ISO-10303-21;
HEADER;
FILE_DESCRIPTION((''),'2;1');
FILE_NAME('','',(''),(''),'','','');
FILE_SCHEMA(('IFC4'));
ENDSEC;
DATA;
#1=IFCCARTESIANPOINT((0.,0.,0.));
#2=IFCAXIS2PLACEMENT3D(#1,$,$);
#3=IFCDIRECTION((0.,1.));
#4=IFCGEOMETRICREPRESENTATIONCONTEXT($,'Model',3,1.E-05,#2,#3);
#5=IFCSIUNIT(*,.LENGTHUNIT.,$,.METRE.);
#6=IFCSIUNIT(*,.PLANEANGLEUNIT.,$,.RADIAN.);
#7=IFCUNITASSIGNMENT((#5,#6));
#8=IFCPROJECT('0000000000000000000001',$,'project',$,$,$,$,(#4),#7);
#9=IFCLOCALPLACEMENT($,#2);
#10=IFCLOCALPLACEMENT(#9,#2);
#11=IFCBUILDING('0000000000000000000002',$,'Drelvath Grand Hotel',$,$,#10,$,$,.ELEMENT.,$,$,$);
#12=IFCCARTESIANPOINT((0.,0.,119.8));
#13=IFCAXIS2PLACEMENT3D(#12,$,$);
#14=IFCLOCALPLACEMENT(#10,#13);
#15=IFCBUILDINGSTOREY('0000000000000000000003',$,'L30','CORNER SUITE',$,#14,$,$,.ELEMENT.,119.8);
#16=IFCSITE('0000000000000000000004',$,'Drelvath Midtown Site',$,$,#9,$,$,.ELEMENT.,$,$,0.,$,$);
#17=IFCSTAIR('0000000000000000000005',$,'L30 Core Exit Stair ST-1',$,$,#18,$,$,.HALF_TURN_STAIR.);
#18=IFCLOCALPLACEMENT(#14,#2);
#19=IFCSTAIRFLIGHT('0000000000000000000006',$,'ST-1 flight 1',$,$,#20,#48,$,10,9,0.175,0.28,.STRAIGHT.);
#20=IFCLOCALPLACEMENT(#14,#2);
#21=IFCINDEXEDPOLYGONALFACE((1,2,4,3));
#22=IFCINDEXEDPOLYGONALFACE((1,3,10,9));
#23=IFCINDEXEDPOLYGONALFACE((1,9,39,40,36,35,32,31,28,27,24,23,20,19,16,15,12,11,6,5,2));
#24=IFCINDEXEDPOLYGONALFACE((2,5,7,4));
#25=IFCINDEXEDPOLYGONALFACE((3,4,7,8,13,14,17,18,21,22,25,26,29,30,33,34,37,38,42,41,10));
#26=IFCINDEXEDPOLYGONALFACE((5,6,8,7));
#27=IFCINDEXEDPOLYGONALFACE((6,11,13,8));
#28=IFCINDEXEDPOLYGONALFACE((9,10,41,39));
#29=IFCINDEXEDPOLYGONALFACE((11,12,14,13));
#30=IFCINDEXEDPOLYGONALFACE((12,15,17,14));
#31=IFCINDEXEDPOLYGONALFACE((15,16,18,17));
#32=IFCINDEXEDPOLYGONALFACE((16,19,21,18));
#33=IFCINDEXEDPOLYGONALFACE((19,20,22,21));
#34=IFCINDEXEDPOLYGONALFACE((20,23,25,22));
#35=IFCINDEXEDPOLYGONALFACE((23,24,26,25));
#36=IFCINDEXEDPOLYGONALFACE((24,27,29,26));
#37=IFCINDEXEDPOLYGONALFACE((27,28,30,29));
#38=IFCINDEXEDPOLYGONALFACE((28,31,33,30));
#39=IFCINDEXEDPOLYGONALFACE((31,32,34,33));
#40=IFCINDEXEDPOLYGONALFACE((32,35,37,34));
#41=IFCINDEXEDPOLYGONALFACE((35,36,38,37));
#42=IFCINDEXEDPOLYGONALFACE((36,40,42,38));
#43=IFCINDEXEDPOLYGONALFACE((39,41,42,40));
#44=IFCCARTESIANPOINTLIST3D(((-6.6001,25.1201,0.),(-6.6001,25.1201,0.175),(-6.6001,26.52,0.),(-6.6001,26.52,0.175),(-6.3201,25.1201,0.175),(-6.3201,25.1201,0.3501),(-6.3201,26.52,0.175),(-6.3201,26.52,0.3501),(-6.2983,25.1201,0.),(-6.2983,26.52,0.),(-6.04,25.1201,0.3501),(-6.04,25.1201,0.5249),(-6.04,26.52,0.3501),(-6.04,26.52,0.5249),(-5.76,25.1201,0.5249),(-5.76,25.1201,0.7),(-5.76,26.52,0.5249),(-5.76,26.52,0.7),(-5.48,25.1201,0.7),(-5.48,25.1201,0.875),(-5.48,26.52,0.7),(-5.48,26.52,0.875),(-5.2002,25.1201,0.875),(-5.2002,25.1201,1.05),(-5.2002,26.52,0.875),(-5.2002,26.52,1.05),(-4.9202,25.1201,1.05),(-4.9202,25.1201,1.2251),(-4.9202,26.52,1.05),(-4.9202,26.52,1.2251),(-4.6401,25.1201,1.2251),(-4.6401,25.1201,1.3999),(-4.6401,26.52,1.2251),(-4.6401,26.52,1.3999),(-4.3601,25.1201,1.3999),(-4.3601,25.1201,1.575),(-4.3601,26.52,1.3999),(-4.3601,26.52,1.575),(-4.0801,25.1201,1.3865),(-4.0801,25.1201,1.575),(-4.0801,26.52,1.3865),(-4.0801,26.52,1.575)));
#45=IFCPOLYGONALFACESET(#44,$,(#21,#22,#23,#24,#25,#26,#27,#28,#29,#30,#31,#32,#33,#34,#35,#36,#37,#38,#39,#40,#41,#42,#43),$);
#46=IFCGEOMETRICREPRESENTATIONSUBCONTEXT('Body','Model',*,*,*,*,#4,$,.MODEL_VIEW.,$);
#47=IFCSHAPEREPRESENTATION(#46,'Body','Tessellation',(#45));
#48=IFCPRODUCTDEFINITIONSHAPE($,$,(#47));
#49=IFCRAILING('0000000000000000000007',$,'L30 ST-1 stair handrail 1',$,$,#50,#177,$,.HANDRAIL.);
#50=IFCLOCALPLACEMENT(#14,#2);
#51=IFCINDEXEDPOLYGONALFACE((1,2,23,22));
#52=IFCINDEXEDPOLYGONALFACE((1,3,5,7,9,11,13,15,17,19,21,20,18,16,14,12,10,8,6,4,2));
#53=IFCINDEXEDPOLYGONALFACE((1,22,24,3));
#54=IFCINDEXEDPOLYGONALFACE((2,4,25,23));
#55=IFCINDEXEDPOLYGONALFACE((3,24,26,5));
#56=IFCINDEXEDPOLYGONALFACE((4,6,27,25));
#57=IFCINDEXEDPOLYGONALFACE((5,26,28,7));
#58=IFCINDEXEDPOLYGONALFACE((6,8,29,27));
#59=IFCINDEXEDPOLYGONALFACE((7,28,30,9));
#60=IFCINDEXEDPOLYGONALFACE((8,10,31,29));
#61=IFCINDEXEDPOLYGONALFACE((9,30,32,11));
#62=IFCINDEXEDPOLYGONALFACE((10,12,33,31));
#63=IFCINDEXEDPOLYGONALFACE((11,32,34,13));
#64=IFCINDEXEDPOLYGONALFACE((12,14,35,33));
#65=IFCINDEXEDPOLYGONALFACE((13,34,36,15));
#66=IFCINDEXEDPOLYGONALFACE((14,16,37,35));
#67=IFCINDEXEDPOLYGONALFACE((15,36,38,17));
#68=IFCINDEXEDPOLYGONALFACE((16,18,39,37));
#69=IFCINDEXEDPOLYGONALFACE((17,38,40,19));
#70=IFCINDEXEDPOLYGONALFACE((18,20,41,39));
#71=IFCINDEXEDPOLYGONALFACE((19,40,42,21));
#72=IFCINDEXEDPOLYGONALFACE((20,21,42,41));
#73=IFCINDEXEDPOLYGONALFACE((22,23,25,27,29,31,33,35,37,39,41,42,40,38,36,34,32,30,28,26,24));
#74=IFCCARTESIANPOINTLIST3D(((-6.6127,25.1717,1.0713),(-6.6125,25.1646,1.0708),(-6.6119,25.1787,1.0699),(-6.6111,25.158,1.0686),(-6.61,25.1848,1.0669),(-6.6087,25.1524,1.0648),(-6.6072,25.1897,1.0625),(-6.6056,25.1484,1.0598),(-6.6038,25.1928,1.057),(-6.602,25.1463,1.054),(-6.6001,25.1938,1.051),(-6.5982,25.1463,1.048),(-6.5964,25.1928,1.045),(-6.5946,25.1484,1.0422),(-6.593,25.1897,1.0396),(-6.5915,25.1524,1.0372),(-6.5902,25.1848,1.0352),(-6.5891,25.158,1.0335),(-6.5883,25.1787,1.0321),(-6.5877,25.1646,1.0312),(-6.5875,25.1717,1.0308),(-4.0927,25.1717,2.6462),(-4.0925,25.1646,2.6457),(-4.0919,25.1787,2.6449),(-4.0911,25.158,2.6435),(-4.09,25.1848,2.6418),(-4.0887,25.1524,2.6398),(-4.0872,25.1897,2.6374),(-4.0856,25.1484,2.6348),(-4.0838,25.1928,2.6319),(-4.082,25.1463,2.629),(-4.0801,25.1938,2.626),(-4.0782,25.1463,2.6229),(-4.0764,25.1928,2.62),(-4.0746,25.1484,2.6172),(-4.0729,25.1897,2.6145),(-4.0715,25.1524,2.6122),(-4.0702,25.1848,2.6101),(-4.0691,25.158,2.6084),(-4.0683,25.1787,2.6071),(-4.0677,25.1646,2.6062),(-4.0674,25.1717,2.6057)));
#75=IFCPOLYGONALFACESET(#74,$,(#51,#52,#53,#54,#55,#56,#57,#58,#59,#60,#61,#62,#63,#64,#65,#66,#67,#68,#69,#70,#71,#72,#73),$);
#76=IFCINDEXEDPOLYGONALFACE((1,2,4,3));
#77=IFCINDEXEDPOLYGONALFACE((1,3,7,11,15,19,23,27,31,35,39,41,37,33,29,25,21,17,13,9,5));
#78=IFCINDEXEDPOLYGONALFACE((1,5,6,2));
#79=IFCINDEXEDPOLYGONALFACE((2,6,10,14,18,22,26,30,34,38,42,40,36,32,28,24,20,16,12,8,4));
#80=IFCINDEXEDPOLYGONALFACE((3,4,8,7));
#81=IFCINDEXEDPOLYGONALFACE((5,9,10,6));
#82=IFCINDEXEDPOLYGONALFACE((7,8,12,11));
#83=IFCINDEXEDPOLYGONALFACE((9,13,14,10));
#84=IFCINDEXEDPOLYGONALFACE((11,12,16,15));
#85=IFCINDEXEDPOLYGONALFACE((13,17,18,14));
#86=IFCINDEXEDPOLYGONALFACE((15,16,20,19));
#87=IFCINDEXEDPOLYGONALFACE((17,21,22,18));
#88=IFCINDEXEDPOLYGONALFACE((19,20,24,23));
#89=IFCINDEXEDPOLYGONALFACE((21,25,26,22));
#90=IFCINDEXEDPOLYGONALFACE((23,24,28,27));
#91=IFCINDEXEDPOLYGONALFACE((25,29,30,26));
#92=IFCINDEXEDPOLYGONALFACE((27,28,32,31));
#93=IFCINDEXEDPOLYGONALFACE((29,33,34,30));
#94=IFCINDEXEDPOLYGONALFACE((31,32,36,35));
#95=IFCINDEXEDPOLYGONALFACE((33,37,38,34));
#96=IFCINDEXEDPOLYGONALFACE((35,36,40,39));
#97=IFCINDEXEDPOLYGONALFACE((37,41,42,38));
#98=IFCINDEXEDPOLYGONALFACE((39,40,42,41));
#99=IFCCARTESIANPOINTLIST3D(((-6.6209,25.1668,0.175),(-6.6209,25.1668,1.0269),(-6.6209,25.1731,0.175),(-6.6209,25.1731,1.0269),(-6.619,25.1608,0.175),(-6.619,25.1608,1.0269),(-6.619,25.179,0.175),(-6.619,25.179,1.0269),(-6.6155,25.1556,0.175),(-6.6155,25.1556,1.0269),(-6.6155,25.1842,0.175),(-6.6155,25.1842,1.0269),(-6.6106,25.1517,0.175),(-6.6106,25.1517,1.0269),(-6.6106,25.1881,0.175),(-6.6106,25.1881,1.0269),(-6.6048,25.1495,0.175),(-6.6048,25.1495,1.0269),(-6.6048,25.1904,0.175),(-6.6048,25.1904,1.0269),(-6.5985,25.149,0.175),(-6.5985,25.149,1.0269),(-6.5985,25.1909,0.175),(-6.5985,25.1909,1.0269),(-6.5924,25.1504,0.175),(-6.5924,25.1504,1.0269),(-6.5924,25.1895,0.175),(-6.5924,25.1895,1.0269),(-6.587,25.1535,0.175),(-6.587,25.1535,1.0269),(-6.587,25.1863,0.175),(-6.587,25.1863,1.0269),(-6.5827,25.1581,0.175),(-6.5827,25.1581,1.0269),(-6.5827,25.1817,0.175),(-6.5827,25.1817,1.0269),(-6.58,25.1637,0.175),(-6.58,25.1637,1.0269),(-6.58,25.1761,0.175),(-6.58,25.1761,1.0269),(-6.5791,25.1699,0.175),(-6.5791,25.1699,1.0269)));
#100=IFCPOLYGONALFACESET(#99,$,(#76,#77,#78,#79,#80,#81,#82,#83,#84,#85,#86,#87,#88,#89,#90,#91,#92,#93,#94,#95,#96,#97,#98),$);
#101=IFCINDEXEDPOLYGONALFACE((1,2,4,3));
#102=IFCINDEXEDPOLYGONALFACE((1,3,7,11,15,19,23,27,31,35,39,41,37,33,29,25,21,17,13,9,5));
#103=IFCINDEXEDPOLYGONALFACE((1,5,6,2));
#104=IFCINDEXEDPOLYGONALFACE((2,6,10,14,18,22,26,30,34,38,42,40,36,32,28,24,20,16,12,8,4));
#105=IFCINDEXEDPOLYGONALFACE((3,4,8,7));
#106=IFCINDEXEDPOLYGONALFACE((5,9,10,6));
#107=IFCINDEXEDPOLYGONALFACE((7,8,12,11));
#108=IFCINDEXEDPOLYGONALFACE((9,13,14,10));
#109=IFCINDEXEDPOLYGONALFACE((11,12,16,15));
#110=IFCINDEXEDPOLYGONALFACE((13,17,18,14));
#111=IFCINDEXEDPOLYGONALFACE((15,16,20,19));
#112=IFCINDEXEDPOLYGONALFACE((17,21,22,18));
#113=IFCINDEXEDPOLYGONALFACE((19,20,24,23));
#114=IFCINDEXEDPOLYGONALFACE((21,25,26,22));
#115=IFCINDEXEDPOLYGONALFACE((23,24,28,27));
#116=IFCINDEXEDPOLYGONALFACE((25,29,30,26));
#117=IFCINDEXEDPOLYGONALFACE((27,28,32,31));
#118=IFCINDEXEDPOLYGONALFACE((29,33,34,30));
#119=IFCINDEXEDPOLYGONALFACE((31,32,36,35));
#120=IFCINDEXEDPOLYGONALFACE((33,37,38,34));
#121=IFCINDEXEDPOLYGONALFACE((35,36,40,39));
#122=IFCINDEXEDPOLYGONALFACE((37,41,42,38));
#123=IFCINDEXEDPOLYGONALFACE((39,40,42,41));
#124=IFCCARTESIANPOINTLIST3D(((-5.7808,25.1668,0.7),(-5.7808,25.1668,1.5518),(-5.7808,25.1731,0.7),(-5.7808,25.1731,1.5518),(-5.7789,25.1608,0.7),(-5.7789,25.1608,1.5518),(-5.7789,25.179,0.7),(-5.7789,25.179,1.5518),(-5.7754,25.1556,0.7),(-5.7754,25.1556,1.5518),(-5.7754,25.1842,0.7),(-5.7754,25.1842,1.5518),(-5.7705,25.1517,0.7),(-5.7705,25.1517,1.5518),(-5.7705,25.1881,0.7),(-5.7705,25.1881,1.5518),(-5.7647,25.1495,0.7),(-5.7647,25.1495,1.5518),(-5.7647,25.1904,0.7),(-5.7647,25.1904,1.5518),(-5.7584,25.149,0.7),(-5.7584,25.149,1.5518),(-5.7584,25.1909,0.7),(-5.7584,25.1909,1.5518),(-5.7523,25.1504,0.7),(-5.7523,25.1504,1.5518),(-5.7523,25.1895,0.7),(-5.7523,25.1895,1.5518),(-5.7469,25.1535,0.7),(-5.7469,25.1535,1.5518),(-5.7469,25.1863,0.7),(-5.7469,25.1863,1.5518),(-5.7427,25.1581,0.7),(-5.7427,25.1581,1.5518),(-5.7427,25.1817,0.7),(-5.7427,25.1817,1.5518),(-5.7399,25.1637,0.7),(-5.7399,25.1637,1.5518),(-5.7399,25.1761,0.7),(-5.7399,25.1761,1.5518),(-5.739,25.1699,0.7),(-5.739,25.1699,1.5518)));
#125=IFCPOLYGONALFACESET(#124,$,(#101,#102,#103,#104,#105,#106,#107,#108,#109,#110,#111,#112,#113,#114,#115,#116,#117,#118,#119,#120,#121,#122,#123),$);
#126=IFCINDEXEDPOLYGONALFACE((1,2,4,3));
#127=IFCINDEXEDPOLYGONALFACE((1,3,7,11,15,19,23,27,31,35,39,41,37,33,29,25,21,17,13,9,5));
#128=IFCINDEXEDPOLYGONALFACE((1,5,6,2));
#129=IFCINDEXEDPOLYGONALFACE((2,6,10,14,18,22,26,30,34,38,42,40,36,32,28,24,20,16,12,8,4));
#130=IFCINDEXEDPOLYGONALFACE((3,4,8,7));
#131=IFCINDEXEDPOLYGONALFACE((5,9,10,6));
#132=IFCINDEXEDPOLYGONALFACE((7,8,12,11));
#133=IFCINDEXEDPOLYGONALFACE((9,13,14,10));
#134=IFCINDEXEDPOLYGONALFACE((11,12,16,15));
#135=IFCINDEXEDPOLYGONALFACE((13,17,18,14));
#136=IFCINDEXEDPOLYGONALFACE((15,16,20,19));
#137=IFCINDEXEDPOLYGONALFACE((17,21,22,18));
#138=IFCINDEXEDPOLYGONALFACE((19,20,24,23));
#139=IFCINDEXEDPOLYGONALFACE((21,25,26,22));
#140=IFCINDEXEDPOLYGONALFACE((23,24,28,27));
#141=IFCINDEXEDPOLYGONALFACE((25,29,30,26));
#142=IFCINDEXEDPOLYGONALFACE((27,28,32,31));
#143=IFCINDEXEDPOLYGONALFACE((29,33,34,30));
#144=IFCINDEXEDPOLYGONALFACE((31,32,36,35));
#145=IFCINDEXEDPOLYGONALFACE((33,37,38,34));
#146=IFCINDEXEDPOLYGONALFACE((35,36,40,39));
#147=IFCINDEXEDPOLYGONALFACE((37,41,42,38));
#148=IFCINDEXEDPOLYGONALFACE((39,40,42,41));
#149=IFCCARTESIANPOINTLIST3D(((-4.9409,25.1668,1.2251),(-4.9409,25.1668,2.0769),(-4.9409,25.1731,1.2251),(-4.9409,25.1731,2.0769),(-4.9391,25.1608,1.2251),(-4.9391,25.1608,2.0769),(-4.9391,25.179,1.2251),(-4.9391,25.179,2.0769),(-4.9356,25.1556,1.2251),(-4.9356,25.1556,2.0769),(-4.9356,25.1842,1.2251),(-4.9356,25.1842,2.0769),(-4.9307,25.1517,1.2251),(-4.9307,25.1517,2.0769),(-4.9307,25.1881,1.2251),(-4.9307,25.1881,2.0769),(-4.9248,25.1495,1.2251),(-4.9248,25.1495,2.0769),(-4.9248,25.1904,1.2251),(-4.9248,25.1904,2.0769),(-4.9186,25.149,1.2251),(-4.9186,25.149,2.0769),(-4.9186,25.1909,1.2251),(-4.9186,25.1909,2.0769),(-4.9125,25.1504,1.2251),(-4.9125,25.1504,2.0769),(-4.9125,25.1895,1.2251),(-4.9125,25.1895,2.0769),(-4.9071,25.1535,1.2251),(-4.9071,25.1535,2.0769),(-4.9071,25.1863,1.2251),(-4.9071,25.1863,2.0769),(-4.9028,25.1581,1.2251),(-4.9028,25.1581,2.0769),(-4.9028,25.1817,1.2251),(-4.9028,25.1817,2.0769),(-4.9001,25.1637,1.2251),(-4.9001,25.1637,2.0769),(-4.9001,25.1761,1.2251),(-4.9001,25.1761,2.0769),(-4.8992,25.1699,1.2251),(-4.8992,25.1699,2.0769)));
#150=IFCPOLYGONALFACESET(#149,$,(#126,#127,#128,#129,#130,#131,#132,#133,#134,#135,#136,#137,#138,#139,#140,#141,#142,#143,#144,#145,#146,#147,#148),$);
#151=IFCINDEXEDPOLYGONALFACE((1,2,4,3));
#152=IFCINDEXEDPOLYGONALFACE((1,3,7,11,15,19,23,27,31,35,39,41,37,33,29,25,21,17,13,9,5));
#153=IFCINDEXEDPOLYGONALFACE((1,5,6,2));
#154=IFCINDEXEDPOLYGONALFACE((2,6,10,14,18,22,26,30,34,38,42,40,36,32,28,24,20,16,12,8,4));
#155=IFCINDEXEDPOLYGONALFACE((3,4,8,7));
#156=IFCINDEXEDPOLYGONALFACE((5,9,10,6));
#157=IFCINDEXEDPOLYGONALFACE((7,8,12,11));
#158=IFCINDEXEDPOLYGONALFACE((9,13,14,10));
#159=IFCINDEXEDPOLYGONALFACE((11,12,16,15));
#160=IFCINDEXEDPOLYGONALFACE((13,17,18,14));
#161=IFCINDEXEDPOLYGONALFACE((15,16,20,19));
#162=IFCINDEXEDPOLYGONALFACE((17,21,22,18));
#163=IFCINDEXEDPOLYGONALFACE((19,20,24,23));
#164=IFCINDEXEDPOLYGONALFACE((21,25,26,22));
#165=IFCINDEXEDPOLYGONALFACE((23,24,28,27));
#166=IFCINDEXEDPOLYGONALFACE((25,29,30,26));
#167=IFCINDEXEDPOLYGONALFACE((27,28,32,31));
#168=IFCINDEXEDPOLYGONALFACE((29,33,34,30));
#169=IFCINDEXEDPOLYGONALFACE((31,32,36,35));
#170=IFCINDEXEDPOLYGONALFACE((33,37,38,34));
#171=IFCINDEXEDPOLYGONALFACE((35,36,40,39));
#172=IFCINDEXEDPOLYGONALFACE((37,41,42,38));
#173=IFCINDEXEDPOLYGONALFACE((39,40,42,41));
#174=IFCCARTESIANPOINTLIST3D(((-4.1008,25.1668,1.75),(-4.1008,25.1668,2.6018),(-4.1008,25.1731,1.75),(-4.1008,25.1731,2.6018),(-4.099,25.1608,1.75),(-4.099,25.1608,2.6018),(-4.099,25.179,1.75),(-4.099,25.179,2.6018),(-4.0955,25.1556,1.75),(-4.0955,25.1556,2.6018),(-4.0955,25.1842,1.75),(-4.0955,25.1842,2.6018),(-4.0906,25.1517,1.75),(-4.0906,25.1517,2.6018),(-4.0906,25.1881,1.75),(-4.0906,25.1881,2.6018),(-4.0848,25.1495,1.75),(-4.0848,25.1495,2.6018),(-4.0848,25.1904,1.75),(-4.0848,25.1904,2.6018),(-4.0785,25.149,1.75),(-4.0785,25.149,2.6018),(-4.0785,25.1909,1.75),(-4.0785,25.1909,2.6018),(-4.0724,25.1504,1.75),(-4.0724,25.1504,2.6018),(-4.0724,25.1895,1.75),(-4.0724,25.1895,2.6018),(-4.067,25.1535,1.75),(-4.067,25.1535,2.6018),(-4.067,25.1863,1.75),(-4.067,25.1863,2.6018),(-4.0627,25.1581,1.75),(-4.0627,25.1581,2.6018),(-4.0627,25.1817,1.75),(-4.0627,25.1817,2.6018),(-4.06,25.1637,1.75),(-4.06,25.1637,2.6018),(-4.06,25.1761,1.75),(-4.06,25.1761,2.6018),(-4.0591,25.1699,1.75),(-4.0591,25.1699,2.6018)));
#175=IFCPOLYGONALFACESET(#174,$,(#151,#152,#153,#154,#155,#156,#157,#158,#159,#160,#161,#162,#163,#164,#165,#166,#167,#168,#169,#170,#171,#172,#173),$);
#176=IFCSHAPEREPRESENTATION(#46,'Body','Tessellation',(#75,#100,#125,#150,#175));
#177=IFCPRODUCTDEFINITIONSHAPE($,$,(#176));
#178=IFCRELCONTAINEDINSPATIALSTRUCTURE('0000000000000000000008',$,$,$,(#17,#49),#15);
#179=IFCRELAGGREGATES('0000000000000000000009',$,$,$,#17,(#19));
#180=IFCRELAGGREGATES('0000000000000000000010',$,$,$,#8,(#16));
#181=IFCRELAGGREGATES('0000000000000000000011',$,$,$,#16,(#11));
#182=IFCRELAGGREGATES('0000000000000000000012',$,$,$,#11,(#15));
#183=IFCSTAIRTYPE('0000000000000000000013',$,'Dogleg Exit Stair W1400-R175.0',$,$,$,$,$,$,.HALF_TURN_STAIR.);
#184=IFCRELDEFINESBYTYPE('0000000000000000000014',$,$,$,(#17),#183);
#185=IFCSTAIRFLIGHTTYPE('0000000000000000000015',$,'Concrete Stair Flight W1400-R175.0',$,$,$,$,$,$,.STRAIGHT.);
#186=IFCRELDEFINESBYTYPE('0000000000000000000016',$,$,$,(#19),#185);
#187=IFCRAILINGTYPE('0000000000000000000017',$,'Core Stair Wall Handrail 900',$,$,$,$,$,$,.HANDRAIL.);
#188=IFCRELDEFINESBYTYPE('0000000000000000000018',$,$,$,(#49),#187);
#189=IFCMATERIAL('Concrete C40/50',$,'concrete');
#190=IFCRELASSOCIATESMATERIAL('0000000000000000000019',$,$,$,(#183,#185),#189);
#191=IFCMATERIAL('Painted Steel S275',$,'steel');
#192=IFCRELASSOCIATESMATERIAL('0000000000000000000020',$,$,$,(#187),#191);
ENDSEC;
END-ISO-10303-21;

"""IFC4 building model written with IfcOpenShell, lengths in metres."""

from ifc_helpers import new_model, si_unit, direction, frame, origin, origin_2d, place, context, subcontext, project, spatial, polyline, circle, outline, extrude, material, type_object, element, aggregate, save


model = new_model("IFC4")

# Units and contexts
model_context = context("Model", 3, precision=1e-05, world=origin(), true_north=direction((0.0, 1.0)))
body_context = subcontext(model_context, "Body", "Model", "MODEL_VIEW")
ifc_project = project(units=[si_unit("LENGTHUNIT", "METRE"), si_unit("PLANEANGLEUNIT", "RADIAN")], contexts=[model_context])

# Site, building, storey
site_placement = place(None, origin())
site = spatial("IfcSite", under=ifc_project, at=site_placement, Name="Drelvath Midtown Site", CompositionType="ELEMENT", RefElevation=0.0)
building_placement = place(site_placement, origin())
building = spatial("IfcBuilding", under=site, at=building_placement, Name="Drelvath Grand Hotel", CompositionType="ELEMENT")
storey_placement = place(building_placement, frame((0.0, 0.0, 119.8)))
storey = spatial("IfcBuildingStorey", under=building, at=storey_placement, Name="L30", Description="CORNER SUITE", CompositionType="ELEMENT", Elevation=119.8)

# Shared definitions
ifc_material_1 = material(Name="Concrete C40/50", Category="concrete")
ifc_material_2 = material(Name="Painted Steel S275", Category="steel")

# Stair, stair flight
stair_type = type_object("IfcStairType", Name="Dogleg Exit Stair W1400-R175.0", PredefinedType="HALF_TURN_STAIR", material=ifc_material_1)
stair_placement = place(storey_placement, origin())
stair = element("IfcStair", 1, at=stair_placement, inside=storey, type_object=stair_type, Name="L30 Core Exit Stair ST-1", PredefinedType="HALF_TURN_STAIR")
stair_flight_type = type_object("IfcStairFlightType", Name="Concrete Stair Flight W1400-R175.0", PredefinedType="STRAIGHT", material=ifc_material_1)
stair_flight_placement = place(storey_placement, frame((-6.6001, 25.8201, 0.0), z_axis=(0.0, 0.0, 1.0), x_axis=(1.0, 0.0, 0.0)))
stair_flight = element("IfcStairFlight", 2, at=stair_flight_placement, type_object=stair_flight_type, Name="ST-1 flight 1", NumberOfRisers=10, NumberOfTreads=9, PredefinedType="STRAIGHT", RiserHeight=0.175, TreadLength=0.28, context=body_context, shape_type="SweptSolid", body=[
    extrude(outline(polyline([(0.0, 0.0), (0.0, 0.175), (0.28, 0.175), (0.28, 0.3501), (0.5601, 0.3501), (0.5601, 0.5249), (0.8401, 0.5249), (0.8401, 0.7), (1.1201, 0.7), (1.1201, 0.875), (1.3999, 0.875), (1.3999, 1.05), (1.6799, 1.05), (1.6799, 1.2251), (1.96, 1.2251), (1.96, 1.3999), (2.24, 1.3999), (2.24, 1.575), (2.52, 1.575), (2.52, 1.75), (2.52, 1.3865), (0.3018, 0.0), (0.0, 0.0)])), frame((0.0, 0.7, 0.0), z_axis=(0.0, -1.0, 0.0), x_axis=(1.0, 0.0, 0.0)), (0.0, 0.0, 1.0), 1.3999),
])
aggregate(stair, [stair_flight])

# Railing
railing_type_1 = type_object("IfcRailingType", Name="Core Stair Wall Handrail 900", PredefinedType="HANDRAIL", material=ifc_material_2)
railing_1_placement = place(storey_placement, frame((-6.6001, 25.1699, 0.175)))
element("IfcRailing", 3, at=railing_1_placement, inside=storey, type_object=railing_type_1, Name="L30 ST-1 stair handrail 1", PredefinedType="HANDRAIL", context=body_context, shape_type="SweptSolid", body=[
    extrude(circle(Radius=0.0239, at=origin_2d()), frame((0.0, 0.0, 0.876), z_axis=(0.848008, 0.0, 0.529984), x_axis=(0.0, 1.0, 0.0)), (0.0, 0.0, 1.0), 2.9717),
    extrude(circle(Radius=0.021, at=origin_2d()), origin(), (0.0, 0.0, 1.0), 0.8518),
    extrude(circle(Radius=0.021, at=origin_2d()), frame((0.8401, 0.0, 0.5249)), (0.0, 0.0, 1.0), 0.8518),
    extrude(circle(Radius=0.021, at=origin_2d()), frame((1.6799, 0.0, 1.05)), (0.0, 0.0, 1.0), 0.8518),
    extrude(circle(Radius=0.021, at=origin_2d()), frame((2.52, 0.0, 1.575)), (0.0, 0.0, 1.0), 0.8518),
])

save(model, "model.ifc")
